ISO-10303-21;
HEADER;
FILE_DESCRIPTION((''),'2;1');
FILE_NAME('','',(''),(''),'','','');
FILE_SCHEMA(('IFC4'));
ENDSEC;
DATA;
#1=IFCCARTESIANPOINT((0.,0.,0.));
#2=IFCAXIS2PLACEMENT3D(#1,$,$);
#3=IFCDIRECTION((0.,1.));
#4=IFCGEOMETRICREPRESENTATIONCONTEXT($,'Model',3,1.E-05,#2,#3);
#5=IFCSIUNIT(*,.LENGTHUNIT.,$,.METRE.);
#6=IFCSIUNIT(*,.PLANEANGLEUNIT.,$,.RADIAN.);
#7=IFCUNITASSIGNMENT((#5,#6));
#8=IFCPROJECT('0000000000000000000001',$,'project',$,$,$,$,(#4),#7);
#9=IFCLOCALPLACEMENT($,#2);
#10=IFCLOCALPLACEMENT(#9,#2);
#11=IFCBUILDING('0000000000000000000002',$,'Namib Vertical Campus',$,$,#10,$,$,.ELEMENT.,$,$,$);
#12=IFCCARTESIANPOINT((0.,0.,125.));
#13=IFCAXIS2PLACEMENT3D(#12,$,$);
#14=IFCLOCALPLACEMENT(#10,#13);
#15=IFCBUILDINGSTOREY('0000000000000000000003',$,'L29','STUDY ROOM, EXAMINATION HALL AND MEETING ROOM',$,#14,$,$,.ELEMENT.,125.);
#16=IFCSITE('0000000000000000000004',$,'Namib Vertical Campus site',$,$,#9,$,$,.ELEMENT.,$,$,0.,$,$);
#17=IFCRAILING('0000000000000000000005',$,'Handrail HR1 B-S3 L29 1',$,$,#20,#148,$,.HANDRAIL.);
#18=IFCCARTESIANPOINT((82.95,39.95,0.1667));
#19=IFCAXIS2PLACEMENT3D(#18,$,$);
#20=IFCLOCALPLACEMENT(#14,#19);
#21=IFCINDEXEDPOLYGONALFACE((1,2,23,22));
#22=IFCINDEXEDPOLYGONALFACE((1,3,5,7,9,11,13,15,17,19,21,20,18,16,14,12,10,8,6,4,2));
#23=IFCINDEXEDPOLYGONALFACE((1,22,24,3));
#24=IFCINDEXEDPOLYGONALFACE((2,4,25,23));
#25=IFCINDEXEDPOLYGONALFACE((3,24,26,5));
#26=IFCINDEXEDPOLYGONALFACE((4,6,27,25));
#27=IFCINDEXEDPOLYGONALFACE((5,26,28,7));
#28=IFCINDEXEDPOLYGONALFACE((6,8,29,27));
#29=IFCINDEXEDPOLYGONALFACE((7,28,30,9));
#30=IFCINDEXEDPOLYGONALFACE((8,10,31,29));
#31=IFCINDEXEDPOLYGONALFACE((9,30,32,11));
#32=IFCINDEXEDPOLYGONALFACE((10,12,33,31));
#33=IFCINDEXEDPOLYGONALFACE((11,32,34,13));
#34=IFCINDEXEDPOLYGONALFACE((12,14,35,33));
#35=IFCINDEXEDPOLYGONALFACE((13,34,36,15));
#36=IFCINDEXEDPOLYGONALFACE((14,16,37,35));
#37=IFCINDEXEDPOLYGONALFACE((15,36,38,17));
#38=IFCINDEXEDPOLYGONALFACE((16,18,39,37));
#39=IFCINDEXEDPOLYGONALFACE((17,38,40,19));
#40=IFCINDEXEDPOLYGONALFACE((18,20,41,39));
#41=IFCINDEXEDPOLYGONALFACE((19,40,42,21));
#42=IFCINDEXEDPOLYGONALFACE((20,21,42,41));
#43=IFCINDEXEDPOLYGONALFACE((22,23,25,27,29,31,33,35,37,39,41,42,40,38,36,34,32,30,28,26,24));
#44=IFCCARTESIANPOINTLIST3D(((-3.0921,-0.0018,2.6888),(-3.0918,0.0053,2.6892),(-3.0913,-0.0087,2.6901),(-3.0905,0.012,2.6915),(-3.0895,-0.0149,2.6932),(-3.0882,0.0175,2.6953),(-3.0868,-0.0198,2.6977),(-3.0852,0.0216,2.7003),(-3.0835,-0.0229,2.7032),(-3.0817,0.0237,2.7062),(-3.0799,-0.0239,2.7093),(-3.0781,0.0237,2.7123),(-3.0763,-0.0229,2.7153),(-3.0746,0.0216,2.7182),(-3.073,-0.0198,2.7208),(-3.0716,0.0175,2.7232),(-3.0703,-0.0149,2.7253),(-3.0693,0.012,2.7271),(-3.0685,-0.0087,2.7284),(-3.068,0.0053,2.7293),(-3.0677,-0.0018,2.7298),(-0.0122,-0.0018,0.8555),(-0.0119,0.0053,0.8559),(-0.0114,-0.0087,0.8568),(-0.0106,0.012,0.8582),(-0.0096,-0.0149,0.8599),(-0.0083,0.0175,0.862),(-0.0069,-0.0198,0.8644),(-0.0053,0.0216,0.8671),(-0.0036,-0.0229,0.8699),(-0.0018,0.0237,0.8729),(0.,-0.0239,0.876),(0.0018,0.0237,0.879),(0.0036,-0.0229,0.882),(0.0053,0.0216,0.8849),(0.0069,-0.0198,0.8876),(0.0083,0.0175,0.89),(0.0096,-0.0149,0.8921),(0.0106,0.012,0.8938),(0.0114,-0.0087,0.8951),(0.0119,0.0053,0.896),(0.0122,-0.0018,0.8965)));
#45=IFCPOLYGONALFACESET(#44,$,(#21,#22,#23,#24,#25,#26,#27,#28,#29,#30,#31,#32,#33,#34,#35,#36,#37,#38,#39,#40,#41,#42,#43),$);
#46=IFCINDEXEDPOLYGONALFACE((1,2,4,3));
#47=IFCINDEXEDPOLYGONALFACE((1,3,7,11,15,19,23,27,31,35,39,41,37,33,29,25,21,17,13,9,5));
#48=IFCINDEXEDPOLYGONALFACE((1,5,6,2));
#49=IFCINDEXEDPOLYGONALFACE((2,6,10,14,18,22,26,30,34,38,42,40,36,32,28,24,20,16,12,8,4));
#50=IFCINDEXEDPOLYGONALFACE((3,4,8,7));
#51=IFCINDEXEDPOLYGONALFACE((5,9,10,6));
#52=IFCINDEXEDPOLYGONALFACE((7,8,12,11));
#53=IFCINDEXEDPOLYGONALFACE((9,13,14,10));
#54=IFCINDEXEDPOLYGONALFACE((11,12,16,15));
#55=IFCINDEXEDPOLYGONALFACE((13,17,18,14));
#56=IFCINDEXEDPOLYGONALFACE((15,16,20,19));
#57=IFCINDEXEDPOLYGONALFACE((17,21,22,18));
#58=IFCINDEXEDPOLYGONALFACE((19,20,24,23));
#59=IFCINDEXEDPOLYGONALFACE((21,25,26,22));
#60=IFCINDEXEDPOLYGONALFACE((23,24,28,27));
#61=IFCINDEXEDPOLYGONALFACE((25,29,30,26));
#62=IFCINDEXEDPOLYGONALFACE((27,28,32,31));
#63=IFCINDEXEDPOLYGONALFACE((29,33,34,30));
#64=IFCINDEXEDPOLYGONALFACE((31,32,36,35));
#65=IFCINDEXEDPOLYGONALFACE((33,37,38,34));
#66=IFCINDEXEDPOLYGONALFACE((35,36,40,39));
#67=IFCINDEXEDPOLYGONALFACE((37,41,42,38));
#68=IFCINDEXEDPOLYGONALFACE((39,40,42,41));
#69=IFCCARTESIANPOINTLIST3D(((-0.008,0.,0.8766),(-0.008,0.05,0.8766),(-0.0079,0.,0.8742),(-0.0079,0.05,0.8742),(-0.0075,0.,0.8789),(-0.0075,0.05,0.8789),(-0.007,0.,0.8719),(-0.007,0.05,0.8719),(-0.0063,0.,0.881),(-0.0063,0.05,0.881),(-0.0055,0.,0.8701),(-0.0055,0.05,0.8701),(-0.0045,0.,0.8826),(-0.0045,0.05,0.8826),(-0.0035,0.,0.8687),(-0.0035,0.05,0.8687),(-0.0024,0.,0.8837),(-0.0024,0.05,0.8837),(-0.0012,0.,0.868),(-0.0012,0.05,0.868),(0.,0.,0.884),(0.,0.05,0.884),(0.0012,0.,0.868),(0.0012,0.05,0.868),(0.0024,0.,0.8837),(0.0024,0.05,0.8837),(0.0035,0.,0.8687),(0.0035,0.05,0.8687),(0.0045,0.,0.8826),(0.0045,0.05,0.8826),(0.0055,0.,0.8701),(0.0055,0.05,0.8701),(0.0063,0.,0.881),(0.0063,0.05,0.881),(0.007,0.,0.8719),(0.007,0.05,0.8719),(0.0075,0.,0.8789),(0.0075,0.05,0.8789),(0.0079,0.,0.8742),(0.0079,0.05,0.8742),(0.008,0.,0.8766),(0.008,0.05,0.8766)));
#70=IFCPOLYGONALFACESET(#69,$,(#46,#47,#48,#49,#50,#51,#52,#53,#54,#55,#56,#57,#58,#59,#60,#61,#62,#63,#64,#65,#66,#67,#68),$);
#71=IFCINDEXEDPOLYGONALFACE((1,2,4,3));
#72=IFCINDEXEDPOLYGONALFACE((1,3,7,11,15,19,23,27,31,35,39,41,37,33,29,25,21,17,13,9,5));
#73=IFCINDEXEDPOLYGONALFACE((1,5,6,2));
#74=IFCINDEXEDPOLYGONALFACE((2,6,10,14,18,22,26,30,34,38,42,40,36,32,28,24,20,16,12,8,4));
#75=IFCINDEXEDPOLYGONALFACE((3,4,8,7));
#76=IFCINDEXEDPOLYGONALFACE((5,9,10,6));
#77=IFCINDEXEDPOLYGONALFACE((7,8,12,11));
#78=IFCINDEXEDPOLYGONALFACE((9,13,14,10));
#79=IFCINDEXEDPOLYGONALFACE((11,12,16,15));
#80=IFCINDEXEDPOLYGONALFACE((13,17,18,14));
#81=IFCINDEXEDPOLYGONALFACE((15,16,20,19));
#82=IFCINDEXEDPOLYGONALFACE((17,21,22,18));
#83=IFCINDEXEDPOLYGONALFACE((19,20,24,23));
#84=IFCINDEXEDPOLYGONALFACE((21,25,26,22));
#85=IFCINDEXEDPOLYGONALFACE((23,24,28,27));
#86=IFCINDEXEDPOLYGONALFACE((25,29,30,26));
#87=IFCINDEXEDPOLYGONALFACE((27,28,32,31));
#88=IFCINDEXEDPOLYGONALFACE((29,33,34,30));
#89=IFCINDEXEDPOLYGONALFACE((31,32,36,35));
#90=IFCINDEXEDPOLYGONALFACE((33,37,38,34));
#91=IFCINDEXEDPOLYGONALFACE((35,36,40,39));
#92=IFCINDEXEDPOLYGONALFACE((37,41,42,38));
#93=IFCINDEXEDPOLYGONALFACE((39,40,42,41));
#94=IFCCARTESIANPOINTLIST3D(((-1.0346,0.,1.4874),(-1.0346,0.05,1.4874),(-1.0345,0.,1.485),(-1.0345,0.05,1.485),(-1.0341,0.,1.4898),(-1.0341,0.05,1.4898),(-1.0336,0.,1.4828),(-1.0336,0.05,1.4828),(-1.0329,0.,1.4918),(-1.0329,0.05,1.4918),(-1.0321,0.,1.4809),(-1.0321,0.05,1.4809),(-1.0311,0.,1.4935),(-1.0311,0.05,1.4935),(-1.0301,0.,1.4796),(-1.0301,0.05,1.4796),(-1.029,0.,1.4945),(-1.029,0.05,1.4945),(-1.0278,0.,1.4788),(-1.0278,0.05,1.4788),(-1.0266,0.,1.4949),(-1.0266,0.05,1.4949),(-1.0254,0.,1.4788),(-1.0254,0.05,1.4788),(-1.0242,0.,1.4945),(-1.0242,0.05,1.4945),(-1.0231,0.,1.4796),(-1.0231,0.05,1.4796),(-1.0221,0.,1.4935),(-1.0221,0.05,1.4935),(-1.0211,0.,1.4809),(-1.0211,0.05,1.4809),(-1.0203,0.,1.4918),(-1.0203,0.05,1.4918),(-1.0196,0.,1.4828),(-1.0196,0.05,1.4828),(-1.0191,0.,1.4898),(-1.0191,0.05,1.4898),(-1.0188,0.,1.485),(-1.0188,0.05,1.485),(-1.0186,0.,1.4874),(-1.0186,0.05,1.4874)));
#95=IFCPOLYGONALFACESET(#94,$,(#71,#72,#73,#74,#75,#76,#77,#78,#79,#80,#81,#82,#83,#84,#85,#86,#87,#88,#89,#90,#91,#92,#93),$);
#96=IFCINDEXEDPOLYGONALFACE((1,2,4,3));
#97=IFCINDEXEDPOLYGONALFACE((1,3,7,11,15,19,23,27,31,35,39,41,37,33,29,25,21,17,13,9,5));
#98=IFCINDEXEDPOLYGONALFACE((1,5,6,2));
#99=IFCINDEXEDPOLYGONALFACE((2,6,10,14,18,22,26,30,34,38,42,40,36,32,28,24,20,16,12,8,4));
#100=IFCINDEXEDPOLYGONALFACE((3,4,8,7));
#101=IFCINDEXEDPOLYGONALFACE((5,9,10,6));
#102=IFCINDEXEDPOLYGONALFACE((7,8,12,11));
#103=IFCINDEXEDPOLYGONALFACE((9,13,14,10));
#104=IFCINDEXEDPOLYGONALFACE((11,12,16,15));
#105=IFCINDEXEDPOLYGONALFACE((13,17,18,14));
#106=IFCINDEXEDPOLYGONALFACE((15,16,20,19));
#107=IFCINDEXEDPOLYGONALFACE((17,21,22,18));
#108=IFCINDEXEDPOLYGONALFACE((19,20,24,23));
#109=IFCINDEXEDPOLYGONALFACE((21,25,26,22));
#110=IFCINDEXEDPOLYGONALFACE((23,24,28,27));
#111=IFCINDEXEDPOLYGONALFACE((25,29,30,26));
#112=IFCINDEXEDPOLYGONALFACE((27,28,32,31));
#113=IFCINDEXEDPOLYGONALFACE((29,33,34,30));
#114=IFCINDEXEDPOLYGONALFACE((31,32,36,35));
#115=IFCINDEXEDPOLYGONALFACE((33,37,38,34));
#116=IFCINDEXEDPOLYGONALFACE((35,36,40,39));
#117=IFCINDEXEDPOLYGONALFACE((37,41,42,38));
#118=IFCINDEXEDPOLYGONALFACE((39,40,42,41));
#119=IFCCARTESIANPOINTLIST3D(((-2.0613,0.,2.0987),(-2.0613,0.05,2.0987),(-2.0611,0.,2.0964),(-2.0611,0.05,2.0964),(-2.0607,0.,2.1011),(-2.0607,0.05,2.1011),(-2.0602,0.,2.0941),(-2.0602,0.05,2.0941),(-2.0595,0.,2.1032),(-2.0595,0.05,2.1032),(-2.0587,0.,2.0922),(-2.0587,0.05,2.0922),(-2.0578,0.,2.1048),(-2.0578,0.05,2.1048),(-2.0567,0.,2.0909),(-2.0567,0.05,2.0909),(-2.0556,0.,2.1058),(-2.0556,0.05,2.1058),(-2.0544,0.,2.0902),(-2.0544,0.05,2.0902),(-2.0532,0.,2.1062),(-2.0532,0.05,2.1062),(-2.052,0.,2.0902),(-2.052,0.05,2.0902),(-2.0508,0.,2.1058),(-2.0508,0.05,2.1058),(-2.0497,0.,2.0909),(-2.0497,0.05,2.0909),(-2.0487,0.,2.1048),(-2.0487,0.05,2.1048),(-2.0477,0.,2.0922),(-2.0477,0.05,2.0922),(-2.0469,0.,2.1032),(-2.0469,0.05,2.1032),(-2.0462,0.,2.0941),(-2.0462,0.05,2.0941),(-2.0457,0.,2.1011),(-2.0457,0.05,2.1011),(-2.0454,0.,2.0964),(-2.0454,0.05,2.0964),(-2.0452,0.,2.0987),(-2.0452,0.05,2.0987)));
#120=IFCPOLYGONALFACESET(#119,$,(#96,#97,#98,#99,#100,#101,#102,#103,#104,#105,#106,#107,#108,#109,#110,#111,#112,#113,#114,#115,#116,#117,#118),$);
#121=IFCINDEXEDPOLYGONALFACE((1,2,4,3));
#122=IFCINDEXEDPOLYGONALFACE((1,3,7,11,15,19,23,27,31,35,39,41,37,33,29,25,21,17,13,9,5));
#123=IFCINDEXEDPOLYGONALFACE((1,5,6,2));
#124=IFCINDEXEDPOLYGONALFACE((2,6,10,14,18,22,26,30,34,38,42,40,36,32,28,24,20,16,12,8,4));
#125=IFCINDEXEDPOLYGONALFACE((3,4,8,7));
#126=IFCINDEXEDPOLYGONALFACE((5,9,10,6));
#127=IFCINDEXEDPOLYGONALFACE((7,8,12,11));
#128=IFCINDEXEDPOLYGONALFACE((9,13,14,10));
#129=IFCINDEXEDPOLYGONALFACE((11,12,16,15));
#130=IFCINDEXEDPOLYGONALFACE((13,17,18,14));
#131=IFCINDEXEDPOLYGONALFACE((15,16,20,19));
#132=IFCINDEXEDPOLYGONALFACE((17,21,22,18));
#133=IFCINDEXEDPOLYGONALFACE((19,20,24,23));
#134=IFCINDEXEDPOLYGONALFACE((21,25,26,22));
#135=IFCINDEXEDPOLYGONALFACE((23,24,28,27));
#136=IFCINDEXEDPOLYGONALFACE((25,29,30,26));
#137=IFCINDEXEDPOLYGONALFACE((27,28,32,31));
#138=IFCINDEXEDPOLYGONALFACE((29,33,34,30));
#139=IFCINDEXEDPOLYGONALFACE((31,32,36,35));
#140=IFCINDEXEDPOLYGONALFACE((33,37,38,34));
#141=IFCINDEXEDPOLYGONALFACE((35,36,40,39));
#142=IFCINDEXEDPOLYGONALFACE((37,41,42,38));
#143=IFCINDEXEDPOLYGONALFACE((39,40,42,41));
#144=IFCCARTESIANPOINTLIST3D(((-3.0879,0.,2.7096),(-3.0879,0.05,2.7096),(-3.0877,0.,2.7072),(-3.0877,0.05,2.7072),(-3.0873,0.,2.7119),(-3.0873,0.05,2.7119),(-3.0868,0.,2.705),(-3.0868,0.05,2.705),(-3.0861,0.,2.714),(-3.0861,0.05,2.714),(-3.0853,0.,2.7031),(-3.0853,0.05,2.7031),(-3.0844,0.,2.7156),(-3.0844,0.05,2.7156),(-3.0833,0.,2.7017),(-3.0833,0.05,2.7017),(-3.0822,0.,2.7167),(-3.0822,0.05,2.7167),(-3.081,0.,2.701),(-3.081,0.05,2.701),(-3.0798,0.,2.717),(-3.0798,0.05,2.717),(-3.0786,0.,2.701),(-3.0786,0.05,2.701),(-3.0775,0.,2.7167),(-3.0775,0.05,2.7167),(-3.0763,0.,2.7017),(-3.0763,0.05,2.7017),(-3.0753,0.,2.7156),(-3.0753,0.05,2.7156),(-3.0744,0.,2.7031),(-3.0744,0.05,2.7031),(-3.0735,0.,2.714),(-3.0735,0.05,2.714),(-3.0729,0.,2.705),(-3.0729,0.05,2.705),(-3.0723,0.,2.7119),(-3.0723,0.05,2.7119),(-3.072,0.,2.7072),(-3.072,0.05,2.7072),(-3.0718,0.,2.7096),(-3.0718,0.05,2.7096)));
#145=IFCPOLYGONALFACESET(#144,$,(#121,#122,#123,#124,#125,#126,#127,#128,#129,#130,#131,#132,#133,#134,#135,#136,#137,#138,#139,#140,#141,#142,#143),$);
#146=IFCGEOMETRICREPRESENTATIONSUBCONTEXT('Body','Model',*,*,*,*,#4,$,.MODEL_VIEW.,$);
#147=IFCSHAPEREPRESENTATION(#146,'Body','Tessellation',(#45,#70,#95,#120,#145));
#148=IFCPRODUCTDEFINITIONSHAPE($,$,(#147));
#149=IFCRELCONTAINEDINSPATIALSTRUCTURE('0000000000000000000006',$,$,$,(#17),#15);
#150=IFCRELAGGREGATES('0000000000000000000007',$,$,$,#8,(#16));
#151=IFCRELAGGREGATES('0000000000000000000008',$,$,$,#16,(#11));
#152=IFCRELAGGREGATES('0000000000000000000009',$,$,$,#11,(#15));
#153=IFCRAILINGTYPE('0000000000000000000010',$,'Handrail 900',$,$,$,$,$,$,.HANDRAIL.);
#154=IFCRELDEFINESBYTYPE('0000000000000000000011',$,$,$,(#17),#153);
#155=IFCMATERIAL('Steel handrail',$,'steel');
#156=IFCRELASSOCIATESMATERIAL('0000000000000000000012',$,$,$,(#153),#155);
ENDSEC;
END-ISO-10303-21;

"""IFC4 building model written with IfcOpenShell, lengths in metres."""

from ifc_helpers import new_model, si_unit, direction, frame, origin, origin_2d, place, context, subcontext, project, spatial, circle, extrude, material, type_object, element, save


model = new_model("IFC4")

# Units and contexts
model_context = context("Model", 3, precision=1e-05, world=origin(), true_north=direction((0.0, 1.0)))
body_context = subcontext(model_context, "Body", "Model", "MODEL_VIEW")
ifc_project = project(units=[si_unit("LENGTHUNIT", "METRE"), si_unit("PLANEANGLEUNIT", "RADIAN")], contexts=[model_context])

# Site, building, storey
site_placement = place(None, origin())
site = spatial("IfcSite", under=ifc_project, at=site_placement, Name="Namib Vertical Campus site", CompositionType="ELEMENT", RefElevation=0.0)
building_placement = place(site_placement, origin())
building = spatial("IfcBuilding", under=site, at=building_placement, Name="Namib Vertical Campus", CompositionType="ELEMENT")
storey_placement = place(building_placement, frame((0.0, 0.0, 125.0)))
storey = spatial("IfcBuildingStorey", under=building, at=storey_placement, Name="L29", Description="STUDY ROOM, EXAMINATION HALL AND MEETING ROOM", CompositionType="ELEMENT", Elevation=125.0)

# Railing
ifc_material_1 = material(Name="Steel handrail", Category="steel")
railing_type_1 = type_object("IfcRailingType", Name="Handrail 900", PredefinedType="HANDRAIL", material=ifc_material_1)
railing_1_placement = place(storey_placement, frame((82.95, 39.95, 0.1667)))
element("IfcRailing", 1, at=railing_1_placement, inside=storey, type_object=railing_type_1, Name="Handrail HR1 B-S3 L29 1", PredefinedType="HANDRAIL", context=body_context, shape_type="SweptSolid", body=[
    extrude(circle(Radius=0.0239, at=origin_2d()), frame((0.0, 0.0, 0.876), z_axis=(-0.859291, 0.0, 0.511487), x_axis=(0.0, -1.0, 0.0)), (0.0, 0.0, 1.0), 3.5842),
    extrude(circle(Radius=0.0081, at=origin_2d()), frame((0.0, 0.0, 0.876), z_axis=(0.0, 1.0, 0.0), x_axis=(0.0, 0.0, 1.0)), (0.0, 0.0, 1.0), 0.05),
    extrude(circle(Radius=0.0081, at=origin_2d()), frame((-1.0266, 0.0, 1.4868), z_axis=(0.0, 1.0, 0.0), x_axis=(0.0, 0.0, 1.0)), (0.0, 0.0, 1.0), 0.05),
    extrude(circle(Radius=0.0081, at=origin_2d()), frame((-2.0532, 0.0, 2.0981), z_axis=(0.0, 1.0, 0.0), x_axis=(0.0, 0.0, 1.0)), (0.0, 0.0, 1.0), 0.05),
    extrude(circle(Radius=0.0081, at=origin_2d()), frame((-3.0798, 0.0, 2.709), z_axis=(0.0, 1.0, 0.0), x_axis=(0.0, 0.0, 1.0)), (0.0, 0.0, 1.0), 0.05),
])

save(model, "model.ifc")
